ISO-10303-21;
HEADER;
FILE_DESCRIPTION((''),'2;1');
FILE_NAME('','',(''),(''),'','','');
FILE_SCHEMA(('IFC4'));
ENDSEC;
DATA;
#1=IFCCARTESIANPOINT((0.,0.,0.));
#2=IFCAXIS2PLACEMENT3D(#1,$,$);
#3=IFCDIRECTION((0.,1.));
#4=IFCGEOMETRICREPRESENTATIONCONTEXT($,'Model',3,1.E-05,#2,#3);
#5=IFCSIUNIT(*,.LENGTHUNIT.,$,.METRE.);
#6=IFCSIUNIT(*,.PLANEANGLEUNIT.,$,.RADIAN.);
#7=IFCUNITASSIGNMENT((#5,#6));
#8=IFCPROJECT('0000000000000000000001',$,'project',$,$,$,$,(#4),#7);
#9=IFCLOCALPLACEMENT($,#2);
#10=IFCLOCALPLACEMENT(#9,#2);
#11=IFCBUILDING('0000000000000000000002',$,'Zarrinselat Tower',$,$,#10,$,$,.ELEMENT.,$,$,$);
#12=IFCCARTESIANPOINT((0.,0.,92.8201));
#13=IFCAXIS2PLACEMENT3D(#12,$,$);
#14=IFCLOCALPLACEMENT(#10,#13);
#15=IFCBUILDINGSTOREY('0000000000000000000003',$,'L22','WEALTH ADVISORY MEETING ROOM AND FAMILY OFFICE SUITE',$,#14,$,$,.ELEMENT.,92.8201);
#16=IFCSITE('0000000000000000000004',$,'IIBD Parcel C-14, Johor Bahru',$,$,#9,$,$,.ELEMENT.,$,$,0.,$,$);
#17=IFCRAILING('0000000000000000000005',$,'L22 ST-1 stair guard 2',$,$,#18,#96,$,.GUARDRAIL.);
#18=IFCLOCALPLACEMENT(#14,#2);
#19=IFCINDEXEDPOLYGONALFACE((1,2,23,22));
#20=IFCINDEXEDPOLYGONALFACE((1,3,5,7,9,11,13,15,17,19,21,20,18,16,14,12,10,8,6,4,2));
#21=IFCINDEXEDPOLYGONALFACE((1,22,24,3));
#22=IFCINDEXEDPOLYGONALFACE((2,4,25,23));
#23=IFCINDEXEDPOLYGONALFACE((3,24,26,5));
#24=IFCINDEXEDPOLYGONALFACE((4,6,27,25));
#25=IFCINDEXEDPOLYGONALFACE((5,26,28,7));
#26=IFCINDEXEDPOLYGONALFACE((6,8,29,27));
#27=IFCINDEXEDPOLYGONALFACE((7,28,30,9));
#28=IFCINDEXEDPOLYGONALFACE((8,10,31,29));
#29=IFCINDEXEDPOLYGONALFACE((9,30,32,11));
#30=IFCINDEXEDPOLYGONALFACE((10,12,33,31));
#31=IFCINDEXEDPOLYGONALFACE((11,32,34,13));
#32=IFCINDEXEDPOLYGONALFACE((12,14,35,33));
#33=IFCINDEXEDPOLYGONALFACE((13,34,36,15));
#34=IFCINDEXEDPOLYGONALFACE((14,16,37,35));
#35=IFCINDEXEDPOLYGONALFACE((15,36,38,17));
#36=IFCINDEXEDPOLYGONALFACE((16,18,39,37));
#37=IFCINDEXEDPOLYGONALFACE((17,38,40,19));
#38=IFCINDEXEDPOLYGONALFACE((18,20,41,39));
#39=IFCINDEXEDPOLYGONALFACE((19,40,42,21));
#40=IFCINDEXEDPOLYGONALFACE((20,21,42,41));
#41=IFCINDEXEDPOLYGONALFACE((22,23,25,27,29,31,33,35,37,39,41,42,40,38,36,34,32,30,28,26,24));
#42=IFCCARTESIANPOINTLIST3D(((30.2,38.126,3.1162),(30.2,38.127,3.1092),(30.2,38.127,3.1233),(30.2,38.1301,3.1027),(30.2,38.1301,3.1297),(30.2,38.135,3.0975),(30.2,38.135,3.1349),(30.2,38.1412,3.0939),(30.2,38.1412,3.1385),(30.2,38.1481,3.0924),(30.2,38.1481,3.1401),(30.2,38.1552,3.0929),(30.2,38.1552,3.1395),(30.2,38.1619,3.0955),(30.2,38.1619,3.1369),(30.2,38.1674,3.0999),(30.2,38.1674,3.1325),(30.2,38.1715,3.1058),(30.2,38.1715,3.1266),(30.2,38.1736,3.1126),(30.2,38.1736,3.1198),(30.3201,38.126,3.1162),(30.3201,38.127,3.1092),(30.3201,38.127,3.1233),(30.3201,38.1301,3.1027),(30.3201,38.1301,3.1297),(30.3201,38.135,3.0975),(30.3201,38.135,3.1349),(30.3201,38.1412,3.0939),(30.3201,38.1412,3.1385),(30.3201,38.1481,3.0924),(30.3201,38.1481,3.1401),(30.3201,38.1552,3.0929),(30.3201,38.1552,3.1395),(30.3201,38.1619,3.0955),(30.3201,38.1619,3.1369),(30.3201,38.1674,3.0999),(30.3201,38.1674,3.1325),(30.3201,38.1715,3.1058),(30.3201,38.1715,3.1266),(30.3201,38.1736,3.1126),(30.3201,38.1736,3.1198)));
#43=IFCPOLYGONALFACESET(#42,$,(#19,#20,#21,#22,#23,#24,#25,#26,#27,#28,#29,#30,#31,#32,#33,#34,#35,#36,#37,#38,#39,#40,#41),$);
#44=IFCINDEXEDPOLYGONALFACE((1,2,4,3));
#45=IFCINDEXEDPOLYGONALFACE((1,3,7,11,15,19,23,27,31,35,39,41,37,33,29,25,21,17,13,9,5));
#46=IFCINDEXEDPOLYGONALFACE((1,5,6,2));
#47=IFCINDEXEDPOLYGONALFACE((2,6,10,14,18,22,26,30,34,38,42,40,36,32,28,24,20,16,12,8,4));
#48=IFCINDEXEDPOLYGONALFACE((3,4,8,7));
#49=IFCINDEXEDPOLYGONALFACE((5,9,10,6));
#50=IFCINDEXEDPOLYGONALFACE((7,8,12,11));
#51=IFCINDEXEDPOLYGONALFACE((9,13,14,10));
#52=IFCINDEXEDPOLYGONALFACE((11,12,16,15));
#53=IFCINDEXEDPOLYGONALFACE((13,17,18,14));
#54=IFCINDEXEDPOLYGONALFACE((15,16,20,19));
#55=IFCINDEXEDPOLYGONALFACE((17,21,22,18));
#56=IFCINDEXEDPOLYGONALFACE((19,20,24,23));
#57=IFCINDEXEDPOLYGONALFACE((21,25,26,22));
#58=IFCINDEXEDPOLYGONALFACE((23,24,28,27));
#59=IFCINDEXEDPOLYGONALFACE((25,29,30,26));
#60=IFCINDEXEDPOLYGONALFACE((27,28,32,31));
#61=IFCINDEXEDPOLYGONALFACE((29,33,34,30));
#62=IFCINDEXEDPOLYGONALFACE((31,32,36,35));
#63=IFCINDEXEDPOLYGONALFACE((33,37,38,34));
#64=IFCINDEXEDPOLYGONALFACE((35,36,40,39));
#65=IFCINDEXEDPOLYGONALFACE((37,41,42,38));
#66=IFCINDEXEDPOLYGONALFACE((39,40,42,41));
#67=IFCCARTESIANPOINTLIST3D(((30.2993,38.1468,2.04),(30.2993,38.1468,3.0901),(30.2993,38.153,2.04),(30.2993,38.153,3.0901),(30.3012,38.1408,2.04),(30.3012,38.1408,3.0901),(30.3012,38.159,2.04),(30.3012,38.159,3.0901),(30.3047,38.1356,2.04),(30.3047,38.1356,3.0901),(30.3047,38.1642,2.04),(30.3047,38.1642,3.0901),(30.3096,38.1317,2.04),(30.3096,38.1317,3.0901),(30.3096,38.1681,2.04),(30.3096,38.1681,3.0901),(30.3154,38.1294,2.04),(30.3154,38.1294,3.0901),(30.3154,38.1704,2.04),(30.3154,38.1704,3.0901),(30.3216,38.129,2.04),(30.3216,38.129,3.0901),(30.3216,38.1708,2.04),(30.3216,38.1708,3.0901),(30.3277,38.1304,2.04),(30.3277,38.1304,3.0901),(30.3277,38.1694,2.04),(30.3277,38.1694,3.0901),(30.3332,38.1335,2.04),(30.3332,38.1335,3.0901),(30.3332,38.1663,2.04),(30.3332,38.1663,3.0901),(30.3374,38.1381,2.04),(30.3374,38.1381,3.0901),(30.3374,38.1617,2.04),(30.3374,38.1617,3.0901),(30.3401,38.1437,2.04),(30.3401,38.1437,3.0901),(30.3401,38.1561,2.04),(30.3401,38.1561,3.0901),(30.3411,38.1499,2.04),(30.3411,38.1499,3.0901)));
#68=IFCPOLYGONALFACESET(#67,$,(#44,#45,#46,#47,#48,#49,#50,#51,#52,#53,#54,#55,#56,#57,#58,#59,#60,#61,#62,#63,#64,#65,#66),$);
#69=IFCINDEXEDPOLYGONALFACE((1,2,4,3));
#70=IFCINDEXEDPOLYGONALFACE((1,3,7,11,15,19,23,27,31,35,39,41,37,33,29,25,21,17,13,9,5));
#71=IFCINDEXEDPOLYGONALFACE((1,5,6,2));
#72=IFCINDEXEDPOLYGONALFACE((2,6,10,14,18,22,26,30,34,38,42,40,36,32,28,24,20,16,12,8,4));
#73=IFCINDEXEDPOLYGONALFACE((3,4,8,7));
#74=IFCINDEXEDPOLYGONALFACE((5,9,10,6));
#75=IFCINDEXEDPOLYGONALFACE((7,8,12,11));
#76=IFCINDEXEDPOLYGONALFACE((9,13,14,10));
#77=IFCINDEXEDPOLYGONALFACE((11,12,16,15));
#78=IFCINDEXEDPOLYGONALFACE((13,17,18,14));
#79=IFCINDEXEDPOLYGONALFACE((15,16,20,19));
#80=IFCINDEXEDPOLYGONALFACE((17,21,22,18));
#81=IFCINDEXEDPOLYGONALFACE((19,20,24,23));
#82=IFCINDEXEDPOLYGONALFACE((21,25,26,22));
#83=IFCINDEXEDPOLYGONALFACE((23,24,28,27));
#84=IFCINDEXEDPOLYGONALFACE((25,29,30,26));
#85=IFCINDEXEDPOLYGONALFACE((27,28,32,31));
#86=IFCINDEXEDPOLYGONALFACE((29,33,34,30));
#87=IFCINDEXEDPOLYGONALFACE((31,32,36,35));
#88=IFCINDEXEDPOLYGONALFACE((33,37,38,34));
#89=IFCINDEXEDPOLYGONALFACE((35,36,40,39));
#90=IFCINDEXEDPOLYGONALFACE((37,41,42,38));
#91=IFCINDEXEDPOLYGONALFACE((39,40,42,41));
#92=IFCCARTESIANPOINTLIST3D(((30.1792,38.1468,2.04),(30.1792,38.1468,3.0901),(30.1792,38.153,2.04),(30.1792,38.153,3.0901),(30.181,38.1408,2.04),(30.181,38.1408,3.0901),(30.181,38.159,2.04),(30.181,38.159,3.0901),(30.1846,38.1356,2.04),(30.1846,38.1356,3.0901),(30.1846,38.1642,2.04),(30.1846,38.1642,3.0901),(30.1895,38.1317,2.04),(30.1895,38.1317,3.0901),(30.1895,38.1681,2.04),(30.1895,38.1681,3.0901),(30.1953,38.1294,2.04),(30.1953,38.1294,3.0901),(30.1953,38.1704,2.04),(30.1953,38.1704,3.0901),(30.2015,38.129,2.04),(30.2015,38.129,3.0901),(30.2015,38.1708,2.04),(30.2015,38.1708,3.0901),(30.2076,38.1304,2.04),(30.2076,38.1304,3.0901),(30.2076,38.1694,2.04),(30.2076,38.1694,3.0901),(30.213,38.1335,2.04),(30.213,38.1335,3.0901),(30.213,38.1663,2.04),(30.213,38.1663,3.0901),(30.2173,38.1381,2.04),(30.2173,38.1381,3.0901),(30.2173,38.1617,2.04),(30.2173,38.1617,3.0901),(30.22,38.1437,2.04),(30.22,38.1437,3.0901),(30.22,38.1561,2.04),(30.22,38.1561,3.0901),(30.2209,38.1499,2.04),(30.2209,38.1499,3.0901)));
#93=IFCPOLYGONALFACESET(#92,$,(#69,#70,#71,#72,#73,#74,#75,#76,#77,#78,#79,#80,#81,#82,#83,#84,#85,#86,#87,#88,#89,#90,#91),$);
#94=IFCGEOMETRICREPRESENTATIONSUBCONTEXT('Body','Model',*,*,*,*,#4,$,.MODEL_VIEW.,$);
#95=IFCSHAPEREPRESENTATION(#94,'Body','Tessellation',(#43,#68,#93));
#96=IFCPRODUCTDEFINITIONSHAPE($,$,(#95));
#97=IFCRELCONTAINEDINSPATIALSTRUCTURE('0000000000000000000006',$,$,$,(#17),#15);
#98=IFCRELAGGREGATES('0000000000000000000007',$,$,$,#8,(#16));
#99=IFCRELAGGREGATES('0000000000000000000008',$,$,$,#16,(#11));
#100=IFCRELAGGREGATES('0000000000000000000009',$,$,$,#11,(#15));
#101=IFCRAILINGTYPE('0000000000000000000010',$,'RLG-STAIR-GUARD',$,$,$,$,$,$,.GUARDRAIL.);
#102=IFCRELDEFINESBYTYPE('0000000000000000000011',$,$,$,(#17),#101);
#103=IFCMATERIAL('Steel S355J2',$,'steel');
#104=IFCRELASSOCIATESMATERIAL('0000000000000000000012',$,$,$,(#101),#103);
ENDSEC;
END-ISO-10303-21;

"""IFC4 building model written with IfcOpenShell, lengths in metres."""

from ifc_helpers import new_model, si_unit, direction, frame, origin, origin_2d, place, context, subcontext, project, spatial, circle, extrude, material, type_object, element, save


model = new_model("IFC4")

# Units and contexts
model_context = context("Model", 3, precision=1e-05, world=origin(), true_north=direction((0.0, 1.0)))
body_context = subcontext(model_context, "Body", "Model", "MODEL_VIEW")
ifc_project = project(units=[si_unit("LENGTHUNIT", "METRE"), si_unit("PLANEANGLEUNIT", "RADIAN")], contexts=[model_context])

# Site, building, storey
site_placement = place(None, origin())
site = spatial("IfcSite", under=ifc_project, at=site_placement, Name="IIBD Parcel C-14, Johor Bahru", CompositionType="ELEMENT", RefElevation=0.0)
building_placement = place(site_placement, origin())
building = spatial("IfcBuilding", under=site, at=building_placement, Name="Zarrinselat Tower", CompositionType="ELEMENT")
storey_placement = place(building_placement, frame((0.0, 0.0, 92.8201)))
storey = spatial("IfcBuildingStorey", under=building, at=storey_placement, Name="L22", Description="WEALTH ADVISORY MEETING ROOM AND FAMILY OFFICE SUITE", CompositionType="ELEMENT", Elevation=92.8201)

# Railing
ifc_material_1 = material(Name="Steel S355J2", Category="steel")
railing_type_1 = type_object("IfcRailingType", Name="RLG-STAIR-GUARD", PredefinedType="GUARDRAIL", material=ifc_material_1)
railing_1_placement = place(storey_placement, frame((30.3201, 38.1499, 2.04)))
element("IfcRailing", 1, at=railing_1_placement, inside=storey, type_object=railing_type_1, Name="L22 ST-1 stair guard 2", PredefinedType="GUARDRAIL", context=body_context, shape_type="SweptSolid", body=[
    extrude(circle(Radius=0.0239, at=origin_2d()), frame((0.0, 0.0, 1.0762), z_axis=(-1.0, 0.0, 0.0), x_axis=(0.0, -1.0, 0.0)), (0.0, 0.0, 1.0), 0.1201),
    extrude(circle(Radius=0.021, at=origin_2d()), origin(), (0.0, 0.0, 1.0), 1.05),
    extrude(circle(Radius=0.021, at=origin_2d()), frame((-0.1201, 0.0, 0.0)), (0.0, 0.0, 1.0), 1.05),
])

save(model, "model.ifc")
